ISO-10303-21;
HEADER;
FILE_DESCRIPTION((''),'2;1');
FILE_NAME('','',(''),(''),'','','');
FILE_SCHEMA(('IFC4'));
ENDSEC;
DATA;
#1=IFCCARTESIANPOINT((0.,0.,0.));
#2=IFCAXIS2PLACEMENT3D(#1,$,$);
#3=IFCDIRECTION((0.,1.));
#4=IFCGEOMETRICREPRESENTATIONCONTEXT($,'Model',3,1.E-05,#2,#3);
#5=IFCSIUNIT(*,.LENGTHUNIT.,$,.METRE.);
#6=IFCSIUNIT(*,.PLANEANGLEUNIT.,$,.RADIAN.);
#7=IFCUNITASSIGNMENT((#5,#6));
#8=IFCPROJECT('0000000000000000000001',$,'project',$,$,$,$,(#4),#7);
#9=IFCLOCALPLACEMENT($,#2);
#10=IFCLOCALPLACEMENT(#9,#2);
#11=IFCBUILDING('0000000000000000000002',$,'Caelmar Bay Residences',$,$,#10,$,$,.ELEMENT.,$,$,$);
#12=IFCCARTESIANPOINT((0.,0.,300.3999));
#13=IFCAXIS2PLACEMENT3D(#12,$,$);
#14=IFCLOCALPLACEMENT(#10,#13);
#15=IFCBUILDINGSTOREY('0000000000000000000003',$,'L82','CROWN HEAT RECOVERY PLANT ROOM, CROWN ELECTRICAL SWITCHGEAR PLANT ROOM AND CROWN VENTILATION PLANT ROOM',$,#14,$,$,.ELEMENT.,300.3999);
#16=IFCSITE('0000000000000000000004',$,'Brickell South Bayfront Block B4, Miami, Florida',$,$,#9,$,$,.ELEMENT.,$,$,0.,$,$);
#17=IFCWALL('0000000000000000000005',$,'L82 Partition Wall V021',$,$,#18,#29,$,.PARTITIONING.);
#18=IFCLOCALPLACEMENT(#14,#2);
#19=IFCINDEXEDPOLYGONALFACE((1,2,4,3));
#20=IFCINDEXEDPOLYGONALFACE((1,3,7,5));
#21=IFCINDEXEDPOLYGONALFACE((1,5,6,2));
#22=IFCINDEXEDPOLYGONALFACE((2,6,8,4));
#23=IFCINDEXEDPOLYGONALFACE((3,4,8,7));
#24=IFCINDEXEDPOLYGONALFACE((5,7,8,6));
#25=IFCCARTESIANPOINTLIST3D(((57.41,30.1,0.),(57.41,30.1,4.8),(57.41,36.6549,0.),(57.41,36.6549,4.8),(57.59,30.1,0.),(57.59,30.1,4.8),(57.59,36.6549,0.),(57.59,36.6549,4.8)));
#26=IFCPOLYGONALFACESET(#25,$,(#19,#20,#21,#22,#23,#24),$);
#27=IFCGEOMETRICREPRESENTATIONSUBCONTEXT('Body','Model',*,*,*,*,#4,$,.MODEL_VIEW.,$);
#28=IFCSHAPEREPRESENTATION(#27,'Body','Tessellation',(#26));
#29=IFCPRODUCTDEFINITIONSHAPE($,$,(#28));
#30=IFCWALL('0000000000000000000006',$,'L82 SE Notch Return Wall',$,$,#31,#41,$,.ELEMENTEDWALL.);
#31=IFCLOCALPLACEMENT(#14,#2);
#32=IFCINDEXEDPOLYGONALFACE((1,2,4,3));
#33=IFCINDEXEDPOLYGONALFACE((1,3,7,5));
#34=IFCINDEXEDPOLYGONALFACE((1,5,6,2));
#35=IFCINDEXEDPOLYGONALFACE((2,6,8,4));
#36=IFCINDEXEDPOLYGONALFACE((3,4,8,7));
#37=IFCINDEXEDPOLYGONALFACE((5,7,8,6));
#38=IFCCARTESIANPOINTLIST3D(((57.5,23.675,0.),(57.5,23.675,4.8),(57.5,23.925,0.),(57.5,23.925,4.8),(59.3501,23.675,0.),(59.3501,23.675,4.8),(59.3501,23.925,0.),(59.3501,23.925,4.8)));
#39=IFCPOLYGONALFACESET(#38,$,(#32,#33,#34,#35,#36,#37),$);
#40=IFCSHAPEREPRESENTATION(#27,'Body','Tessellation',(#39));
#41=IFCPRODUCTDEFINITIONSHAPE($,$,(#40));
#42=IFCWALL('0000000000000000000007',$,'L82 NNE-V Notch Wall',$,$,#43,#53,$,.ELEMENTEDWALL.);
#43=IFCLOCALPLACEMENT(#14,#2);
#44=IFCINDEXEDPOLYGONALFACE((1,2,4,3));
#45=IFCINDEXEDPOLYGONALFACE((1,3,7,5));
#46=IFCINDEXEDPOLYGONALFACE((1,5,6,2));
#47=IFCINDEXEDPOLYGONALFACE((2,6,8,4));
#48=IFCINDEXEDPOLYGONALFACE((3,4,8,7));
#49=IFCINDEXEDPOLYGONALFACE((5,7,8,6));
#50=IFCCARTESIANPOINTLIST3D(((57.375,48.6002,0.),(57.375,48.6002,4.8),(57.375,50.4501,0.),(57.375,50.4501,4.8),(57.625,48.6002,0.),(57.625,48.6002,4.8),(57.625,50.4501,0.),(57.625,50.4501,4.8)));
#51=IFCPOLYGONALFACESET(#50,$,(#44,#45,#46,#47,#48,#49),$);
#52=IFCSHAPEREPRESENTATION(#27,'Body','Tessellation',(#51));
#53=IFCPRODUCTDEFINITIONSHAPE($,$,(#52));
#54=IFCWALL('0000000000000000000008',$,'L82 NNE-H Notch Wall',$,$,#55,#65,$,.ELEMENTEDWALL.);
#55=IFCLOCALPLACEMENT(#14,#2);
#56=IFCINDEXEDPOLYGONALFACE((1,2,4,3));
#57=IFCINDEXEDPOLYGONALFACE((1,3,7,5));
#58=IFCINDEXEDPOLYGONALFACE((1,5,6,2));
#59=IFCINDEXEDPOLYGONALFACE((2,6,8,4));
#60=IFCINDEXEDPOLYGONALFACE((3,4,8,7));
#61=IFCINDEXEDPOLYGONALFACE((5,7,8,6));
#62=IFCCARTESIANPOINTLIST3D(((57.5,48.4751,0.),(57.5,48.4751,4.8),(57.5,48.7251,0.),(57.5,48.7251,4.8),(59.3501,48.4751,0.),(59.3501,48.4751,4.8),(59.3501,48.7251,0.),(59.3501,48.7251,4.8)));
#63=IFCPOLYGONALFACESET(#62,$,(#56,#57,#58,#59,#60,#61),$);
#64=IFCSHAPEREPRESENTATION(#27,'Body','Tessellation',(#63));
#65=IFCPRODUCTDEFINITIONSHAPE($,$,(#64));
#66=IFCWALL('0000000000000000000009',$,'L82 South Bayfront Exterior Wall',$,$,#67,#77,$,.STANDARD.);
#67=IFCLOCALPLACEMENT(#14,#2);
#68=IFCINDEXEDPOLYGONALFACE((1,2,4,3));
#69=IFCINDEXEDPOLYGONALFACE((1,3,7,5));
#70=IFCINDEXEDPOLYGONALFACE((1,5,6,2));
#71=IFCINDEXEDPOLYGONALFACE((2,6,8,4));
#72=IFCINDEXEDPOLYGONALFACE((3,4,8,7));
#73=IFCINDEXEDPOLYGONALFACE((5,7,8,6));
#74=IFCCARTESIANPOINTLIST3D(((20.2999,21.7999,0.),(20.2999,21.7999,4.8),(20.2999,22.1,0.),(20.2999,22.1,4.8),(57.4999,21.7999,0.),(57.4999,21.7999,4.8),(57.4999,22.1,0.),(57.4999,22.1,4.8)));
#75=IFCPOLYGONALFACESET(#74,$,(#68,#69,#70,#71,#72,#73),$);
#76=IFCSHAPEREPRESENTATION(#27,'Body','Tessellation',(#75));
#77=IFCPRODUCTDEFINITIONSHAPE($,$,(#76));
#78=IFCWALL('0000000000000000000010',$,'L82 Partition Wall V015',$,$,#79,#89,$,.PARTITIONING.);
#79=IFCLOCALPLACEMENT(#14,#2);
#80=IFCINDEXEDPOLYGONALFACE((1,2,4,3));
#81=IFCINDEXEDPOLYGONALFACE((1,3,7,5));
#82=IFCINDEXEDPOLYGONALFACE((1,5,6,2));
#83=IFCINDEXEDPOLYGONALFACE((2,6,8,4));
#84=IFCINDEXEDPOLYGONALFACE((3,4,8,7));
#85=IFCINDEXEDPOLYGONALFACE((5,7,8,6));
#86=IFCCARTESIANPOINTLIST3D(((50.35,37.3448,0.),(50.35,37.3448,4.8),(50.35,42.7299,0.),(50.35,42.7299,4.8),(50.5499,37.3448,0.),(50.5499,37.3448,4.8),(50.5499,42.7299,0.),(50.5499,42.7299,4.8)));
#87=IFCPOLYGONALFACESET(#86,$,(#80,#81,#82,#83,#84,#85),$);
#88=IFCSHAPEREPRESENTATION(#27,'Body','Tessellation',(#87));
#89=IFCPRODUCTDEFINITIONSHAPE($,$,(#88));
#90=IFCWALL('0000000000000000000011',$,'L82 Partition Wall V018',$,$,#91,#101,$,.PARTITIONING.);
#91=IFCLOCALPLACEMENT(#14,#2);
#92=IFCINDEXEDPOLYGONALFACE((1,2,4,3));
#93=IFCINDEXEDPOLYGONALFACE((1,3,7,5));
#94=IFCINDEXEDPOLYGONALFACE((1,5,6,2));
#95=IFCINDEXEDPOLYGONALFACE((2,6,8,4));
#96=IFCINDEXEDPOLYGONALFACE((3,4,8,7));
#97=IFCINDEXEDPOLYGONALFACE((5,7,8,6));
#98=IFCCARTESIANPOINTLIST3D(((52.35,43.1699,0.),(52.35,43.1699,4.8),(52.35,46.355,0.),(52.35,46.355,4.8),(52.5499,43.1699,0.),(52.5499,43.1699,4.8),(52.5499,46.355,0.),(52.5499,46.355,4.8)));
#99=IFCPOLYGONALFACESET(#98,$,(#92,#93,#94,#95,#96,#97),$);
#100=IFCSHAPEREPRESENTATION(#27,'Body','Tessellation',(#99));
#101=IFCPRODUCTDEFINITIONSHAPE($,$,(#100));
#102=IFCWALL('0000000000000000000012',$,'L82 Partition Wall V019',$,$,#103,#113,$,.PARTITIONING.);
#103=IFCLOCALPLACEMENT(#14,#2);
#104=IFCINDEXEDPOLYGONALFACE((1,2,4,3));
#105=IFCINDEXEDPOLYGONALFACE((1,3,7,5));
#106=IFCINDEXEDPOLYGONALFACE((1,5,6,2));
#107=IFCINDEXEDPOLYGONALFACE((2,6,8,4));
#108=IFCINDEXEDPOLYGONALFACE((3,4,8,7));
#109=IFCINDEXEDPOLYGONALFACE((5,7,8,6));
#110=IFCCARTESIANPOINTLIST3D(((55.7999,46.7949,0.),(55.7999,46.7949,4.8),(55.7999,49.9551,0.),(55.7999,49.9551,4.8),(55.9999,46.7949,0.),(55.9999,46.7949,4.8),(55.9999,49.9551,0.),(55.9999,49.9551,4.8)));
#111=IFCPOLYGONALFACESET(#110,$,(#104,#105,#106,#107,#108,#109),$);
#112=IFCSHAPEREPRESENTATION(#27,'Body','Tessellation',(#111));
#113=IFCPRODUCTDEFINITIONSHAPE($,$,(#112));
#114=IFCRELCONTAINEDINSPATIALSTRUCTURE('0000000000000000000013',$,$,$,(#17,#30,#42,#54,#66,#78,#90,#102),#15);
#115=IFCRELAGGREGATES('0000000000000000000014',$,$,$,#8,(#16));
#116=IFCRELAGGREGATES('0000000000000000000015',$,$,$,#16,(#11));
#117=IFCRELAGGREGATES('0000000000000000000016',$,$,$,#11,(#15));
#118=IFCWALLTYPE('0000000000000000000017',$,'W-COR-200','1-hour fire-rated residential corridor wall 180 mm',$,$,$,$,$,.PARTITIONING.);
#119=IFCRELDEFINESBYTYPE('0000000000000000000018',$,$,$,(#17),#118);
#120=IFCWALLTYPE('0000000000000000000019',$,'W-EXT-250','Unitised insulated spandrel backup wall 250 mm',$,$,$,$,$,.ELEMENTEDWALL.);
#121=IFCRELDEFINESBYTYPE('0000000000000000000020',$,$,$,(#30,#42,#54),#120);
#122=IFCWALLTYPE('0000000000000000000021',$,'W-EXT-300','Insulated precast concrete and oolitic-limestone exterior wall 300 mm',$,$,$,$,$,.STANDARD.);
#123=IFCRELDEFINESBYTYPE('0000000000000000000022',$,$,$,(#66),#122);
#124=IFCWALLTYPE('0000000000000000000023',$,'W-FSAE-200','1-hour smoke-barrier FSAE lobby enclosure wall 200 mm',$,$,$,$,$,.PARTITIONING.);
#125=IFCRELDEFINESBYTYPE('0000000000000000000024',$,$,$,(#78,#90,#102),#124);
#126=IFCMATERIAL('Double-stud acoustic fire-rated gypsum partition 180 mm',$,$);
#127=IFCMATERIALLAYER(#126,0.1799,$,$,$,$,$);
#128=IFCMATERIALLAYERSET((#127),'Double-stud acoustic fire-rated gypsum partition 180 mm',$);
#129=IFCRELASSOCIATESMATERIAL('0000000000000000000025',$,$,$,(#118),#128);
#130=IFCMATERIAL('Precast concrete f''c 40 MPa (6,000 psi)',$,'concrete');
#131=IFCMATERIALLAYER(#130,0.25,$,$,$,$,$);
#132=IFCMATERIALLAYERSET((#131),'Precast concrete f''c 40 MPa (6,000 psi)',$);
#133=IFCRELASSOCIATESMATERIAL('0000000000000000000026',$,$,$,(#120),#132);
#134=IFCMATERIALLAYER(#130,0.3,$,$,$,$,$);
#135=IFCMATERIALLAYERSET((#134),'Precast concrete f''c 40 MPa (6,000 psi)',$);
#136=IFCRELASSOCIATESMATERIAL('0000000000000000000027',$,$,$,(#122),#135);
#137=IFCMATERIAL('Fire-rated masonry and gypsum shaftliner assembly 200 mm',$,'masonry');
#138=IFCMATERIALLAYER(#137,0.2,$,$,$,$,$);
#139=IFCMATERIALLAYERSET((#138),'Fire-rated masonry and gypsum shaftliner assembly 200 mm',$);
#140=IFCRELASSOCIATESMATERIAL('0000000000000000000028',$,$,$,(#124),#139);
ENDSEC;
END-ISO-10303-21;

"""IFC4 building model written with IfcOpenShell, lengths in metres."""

from ifc_helpers import new_model, si_unit, direction, frame, frame_2d, origin, place, context, subcontext, project, spatial, rectangle, extrude, material, layer, layer_set, type_object, element, save


model = new_model("IFC4")

# Units and contexts
model_context = context("Model", 3, precision=1e-05, world=origin(), true_north=direction((0.0, 1.0)))
body_context = subcontext(model_context, "Body", "Model", "MODEL_VIEW")
ifc_project = project(units=[si_unit("LENGTHUNIT", "METRE"), si_unit("PLANEANGLEUNIT", "RADIAN")], contexts=[model_context])

# Site, building, storey
site_placement = place(None, origin())
site = spatial("IfcSite", under=ifc_project, at=site_placement, Name="Brickell South Bayfront Block B4, Miami, Florida", CompositionType="ELEMENT", RefElevation=0.0)
building_placement = place(site_placement, origin())
building = spatial("IfcBuilding", under=site, at=building_placement, Name="Caelmar Bay Residences", CompositionType="ELEMENT")
storey_placement = place(building_placement, frame((0.0, 0.0, 300.3999)))
storey = spatial("IfcBuildingStorey", under=building, at=storey_placement, Name="L82", Description="CROWN HEAT RECOVERY PLANT ROOM, CROWN ELECTRICAL SWITCHGEAR PLANT ROOM AND CROWN VENTILATION PLANT ROOM", CompositionType="ELEMENT", Elevation=300.3999)

# Walls
ifc_material_1 = material(Name="Double-stud acoustic fire-rated gypsum partition 180 mm")
ifc_layer_1 = layer(ifc_material_1, 0.1799)
ifc_layer_set_1 = layer_set([ifc_layer_1], Name="Double-stud acoustic fire-rated gypsum partition 180 mm")
wall_type_1 = type_object("IfcWallType", Name="W-COR-200", Description="1-hour fire-rated residential corridor wall 180 mm", PredefinedType="PARTITIONING", material=ifc_layer_set_1)
wall_1_placement = place(storey_placement, frame((57.5, 30.1001, 0.0), z_axis=(0.0, 0.0, 1.0), x_axis=(0.0, 1.0, 0.0)))
element("IfcWall", 1, at=wall_1_placement, inside=storey, type_object=wall_type_1, Name="L82 Partition Wall V021", PredefinedType="PARTITIONING", context=body_context, shape_type="SweptSolid", body=[
    extrude(rectangle(XDim=6.5549, YDim=0.1799, at=frame_2d((3.2773, 0.0))), origin(), (0.0, 0.0, 1.0), 4.8),
])
ifc_material_2 = material(Name="Precast concrete f'c 40 MPa (6,000 psi)", Category="concrete")
ifc_layer_2 = layer(ifc_material_2, 0.25)
ifc_layer_set_2 = layer_set([ifc_layer_2], Name="Precast concrete f'c 40 MPa (6,000 psi)")
wall_type_2 = type_object("IfcWallType", Name="W-EXT-250", Description="Unitised insulated spandrel backup wall 250 mm", PredefinedType="ELEMENTEDWALL", material=ifc_layer_set_2)
wall_2_placement = place(storey_placement, frame((57.5, 23.8, 0.0), z_axis=(0.0, 0.0, 1.0), x_axis=(1.0, 0.0, 0.0)))
element("IfcWall", 2, at=wall_2_placement, inside=storey, type_object=wall_type_2, Name="L82 SE Notch Return Wall", PredefinedType="ELEMENTEDWALL", context=body_context, shape_type="SweptSolid", body=[
    extrude(rectangle(XDim=1.8501, YDim=0.25, at=frame_2d((0.925, 0.0))), origin(), (0.0, 0.0, 1.0), 4.8),
])
wall_3_placement = place(storey_placement, frame((57.5, 50.45, 0.0), z_axis=(0.0, 0.0, 1.0), x_axis=(0.0, -1.0, 0.0)))
element("IfcWall", 3, at=wall_3_placement, inside=storey, type_object=wall_type_2, Name="L82 NNE-V Notch Wall", PredefinedType="ELEMENTEDWALL", context=body_context, shape_type="SweptSolid", body=[
    extrude(rectangle(XDim=1.8499, YDim=0.25, at=frame_2d((0.9248, 0.0))), origin(), (0.0, 0.0, 1.0), 4.8),
])
wall_4_placement = place(storey_placement, frame((57.5, 48.6001, 0.0), z_axis=(0.0, 0.0, 1.0), x_axis=(1.0, 0.0, 0.0)))
element("IfcWall", 4, at=wall_4_placement, inside=storey, type_object=wall_type_2, Name="L82 NNE-H Notch Wall", PredefinedType="ELEMENTEDWALL", context=body_context, shape_type="SweptSolid", body=[
    extrude(rectangle(XDim=1.8501, YDim=0.25, at=frame_2d((0.925, 0.0))), origin(), (0.0, 0.0, 1.0), 4.8),
])
ifc_layer_3 = layer(ifc_material_2, 0.3)
ifc_layer_set_3 = layer_set([ifc_layer_3], Name="Precast concrete f'c 40 MPa (6,000 psi)")
wall_type_3 = type_object("IfcWallType", Name="W-EXT-300", Description="Insulated precast concrete and oolitic-limestone exterior wall 300 mm", PredefinedType="STANDARD", material=ifc_layer_set_3)
wall_5_placement = place(storey_placement, frame((57.5, 21.95, 0.0), z_axis=(0.0, 0.0, 1.0), x_axis=(-1.0, 0.0, 0.0)))
element("IfcWall", 5, at=wall_5_placement, inside=storey, type_object=wall_type_3, Name="L82 South Bayfront Exterior Wall", PredefinedType="STANDARD", context=body_context, shape_type="SweptSolid", body=[
    extrude(rectangle(XDim=37.2, YDim=0.3, at=frame_2d((18.6001, 0.0))), origin(), (0.0, 0.0, 1.0), 4.8),
])
ifc_material_3 = material(Name="Fire-rated masonry and gypsum shaftliner assembly 200 mm", Category="masonry")
ifc_layer_4 = layer(ifc_material_3, 0.2)
ifc_layer_set_4 = layer_set([ifc_layer_4], Name="Fire-rated masonry and gypsum shaftliner assembly 200 mm")
wall_type_4 = type_object("IfcWallType", Name="W-FSAE-200", Description="1-hour smoke-barrier FSAE lobby enclosure wall 200 mm", PredefinedType="PARTITIONING", material=ifc_layer_set_4)
wall_6_placement = place(storey_placement, frame((50.45, 37.345, 0.0), z_axis=(0.0, 0.0, 1.0), x_axis=(0.0, 1.0, 0.0)))
element("IfcWall", 6, at=wall_6_placement, inside=storey, type_object=wall_type_4, Name="L82 Partition Wall V015", PredefinedType="PARTITIONING", context=body_context, shape_type="SweptSolid", body=[
    extrude(rectangle(XDim=5.385, YDim=0.2, at=frame_2d((2.6924, 0.0))), origin(), (0.0, 0.0, 1.0), 4.8),
])
wall_7_placement = place(storey_placement, frame((52.45, 43.1699, 0.0), z_axis=(0.0, 0.0, 1.0), x_axis=(0.0, 1.0, 0.0)))
element("IfcWall", 7, at=wall_7_placement, inside=storey, type_object=wall_type_4, Name="L82 Partition Wall V018", PredefinedType="PARTITIONING", context=body_context, shape_type="SweptSolid", body=[
    extrude(rectangle(XDim=3.1851, YDim=0.2, at=frame_2d((1.5925, 0.0))), origin(), (0.0, 0.0, 1.0), 4.8),
])
wall_8_placement = place(storey_placement, frame((55.8999, 46.7949, 0.0), z_axis=(0.0, 0.0, 1.0), x_axis=(0.0, 1.0, 0.0)))
element("IfcWall", 8, at=wall_8_placement, inside=storey, type_object=wall_type_4, Name="L82 Partition Wall V019", PredefinedType="PARTITIONING", context=body_context, shape_type="SweptSolid", body=[
    extrude(rectangle(XDim=3.1602, YDim=0.2, at=frame_2d((1.5801, 0.0))), origin(), (0.0, 0.0, 1.0), 4.8),
])

save(model, "model.ifc")
